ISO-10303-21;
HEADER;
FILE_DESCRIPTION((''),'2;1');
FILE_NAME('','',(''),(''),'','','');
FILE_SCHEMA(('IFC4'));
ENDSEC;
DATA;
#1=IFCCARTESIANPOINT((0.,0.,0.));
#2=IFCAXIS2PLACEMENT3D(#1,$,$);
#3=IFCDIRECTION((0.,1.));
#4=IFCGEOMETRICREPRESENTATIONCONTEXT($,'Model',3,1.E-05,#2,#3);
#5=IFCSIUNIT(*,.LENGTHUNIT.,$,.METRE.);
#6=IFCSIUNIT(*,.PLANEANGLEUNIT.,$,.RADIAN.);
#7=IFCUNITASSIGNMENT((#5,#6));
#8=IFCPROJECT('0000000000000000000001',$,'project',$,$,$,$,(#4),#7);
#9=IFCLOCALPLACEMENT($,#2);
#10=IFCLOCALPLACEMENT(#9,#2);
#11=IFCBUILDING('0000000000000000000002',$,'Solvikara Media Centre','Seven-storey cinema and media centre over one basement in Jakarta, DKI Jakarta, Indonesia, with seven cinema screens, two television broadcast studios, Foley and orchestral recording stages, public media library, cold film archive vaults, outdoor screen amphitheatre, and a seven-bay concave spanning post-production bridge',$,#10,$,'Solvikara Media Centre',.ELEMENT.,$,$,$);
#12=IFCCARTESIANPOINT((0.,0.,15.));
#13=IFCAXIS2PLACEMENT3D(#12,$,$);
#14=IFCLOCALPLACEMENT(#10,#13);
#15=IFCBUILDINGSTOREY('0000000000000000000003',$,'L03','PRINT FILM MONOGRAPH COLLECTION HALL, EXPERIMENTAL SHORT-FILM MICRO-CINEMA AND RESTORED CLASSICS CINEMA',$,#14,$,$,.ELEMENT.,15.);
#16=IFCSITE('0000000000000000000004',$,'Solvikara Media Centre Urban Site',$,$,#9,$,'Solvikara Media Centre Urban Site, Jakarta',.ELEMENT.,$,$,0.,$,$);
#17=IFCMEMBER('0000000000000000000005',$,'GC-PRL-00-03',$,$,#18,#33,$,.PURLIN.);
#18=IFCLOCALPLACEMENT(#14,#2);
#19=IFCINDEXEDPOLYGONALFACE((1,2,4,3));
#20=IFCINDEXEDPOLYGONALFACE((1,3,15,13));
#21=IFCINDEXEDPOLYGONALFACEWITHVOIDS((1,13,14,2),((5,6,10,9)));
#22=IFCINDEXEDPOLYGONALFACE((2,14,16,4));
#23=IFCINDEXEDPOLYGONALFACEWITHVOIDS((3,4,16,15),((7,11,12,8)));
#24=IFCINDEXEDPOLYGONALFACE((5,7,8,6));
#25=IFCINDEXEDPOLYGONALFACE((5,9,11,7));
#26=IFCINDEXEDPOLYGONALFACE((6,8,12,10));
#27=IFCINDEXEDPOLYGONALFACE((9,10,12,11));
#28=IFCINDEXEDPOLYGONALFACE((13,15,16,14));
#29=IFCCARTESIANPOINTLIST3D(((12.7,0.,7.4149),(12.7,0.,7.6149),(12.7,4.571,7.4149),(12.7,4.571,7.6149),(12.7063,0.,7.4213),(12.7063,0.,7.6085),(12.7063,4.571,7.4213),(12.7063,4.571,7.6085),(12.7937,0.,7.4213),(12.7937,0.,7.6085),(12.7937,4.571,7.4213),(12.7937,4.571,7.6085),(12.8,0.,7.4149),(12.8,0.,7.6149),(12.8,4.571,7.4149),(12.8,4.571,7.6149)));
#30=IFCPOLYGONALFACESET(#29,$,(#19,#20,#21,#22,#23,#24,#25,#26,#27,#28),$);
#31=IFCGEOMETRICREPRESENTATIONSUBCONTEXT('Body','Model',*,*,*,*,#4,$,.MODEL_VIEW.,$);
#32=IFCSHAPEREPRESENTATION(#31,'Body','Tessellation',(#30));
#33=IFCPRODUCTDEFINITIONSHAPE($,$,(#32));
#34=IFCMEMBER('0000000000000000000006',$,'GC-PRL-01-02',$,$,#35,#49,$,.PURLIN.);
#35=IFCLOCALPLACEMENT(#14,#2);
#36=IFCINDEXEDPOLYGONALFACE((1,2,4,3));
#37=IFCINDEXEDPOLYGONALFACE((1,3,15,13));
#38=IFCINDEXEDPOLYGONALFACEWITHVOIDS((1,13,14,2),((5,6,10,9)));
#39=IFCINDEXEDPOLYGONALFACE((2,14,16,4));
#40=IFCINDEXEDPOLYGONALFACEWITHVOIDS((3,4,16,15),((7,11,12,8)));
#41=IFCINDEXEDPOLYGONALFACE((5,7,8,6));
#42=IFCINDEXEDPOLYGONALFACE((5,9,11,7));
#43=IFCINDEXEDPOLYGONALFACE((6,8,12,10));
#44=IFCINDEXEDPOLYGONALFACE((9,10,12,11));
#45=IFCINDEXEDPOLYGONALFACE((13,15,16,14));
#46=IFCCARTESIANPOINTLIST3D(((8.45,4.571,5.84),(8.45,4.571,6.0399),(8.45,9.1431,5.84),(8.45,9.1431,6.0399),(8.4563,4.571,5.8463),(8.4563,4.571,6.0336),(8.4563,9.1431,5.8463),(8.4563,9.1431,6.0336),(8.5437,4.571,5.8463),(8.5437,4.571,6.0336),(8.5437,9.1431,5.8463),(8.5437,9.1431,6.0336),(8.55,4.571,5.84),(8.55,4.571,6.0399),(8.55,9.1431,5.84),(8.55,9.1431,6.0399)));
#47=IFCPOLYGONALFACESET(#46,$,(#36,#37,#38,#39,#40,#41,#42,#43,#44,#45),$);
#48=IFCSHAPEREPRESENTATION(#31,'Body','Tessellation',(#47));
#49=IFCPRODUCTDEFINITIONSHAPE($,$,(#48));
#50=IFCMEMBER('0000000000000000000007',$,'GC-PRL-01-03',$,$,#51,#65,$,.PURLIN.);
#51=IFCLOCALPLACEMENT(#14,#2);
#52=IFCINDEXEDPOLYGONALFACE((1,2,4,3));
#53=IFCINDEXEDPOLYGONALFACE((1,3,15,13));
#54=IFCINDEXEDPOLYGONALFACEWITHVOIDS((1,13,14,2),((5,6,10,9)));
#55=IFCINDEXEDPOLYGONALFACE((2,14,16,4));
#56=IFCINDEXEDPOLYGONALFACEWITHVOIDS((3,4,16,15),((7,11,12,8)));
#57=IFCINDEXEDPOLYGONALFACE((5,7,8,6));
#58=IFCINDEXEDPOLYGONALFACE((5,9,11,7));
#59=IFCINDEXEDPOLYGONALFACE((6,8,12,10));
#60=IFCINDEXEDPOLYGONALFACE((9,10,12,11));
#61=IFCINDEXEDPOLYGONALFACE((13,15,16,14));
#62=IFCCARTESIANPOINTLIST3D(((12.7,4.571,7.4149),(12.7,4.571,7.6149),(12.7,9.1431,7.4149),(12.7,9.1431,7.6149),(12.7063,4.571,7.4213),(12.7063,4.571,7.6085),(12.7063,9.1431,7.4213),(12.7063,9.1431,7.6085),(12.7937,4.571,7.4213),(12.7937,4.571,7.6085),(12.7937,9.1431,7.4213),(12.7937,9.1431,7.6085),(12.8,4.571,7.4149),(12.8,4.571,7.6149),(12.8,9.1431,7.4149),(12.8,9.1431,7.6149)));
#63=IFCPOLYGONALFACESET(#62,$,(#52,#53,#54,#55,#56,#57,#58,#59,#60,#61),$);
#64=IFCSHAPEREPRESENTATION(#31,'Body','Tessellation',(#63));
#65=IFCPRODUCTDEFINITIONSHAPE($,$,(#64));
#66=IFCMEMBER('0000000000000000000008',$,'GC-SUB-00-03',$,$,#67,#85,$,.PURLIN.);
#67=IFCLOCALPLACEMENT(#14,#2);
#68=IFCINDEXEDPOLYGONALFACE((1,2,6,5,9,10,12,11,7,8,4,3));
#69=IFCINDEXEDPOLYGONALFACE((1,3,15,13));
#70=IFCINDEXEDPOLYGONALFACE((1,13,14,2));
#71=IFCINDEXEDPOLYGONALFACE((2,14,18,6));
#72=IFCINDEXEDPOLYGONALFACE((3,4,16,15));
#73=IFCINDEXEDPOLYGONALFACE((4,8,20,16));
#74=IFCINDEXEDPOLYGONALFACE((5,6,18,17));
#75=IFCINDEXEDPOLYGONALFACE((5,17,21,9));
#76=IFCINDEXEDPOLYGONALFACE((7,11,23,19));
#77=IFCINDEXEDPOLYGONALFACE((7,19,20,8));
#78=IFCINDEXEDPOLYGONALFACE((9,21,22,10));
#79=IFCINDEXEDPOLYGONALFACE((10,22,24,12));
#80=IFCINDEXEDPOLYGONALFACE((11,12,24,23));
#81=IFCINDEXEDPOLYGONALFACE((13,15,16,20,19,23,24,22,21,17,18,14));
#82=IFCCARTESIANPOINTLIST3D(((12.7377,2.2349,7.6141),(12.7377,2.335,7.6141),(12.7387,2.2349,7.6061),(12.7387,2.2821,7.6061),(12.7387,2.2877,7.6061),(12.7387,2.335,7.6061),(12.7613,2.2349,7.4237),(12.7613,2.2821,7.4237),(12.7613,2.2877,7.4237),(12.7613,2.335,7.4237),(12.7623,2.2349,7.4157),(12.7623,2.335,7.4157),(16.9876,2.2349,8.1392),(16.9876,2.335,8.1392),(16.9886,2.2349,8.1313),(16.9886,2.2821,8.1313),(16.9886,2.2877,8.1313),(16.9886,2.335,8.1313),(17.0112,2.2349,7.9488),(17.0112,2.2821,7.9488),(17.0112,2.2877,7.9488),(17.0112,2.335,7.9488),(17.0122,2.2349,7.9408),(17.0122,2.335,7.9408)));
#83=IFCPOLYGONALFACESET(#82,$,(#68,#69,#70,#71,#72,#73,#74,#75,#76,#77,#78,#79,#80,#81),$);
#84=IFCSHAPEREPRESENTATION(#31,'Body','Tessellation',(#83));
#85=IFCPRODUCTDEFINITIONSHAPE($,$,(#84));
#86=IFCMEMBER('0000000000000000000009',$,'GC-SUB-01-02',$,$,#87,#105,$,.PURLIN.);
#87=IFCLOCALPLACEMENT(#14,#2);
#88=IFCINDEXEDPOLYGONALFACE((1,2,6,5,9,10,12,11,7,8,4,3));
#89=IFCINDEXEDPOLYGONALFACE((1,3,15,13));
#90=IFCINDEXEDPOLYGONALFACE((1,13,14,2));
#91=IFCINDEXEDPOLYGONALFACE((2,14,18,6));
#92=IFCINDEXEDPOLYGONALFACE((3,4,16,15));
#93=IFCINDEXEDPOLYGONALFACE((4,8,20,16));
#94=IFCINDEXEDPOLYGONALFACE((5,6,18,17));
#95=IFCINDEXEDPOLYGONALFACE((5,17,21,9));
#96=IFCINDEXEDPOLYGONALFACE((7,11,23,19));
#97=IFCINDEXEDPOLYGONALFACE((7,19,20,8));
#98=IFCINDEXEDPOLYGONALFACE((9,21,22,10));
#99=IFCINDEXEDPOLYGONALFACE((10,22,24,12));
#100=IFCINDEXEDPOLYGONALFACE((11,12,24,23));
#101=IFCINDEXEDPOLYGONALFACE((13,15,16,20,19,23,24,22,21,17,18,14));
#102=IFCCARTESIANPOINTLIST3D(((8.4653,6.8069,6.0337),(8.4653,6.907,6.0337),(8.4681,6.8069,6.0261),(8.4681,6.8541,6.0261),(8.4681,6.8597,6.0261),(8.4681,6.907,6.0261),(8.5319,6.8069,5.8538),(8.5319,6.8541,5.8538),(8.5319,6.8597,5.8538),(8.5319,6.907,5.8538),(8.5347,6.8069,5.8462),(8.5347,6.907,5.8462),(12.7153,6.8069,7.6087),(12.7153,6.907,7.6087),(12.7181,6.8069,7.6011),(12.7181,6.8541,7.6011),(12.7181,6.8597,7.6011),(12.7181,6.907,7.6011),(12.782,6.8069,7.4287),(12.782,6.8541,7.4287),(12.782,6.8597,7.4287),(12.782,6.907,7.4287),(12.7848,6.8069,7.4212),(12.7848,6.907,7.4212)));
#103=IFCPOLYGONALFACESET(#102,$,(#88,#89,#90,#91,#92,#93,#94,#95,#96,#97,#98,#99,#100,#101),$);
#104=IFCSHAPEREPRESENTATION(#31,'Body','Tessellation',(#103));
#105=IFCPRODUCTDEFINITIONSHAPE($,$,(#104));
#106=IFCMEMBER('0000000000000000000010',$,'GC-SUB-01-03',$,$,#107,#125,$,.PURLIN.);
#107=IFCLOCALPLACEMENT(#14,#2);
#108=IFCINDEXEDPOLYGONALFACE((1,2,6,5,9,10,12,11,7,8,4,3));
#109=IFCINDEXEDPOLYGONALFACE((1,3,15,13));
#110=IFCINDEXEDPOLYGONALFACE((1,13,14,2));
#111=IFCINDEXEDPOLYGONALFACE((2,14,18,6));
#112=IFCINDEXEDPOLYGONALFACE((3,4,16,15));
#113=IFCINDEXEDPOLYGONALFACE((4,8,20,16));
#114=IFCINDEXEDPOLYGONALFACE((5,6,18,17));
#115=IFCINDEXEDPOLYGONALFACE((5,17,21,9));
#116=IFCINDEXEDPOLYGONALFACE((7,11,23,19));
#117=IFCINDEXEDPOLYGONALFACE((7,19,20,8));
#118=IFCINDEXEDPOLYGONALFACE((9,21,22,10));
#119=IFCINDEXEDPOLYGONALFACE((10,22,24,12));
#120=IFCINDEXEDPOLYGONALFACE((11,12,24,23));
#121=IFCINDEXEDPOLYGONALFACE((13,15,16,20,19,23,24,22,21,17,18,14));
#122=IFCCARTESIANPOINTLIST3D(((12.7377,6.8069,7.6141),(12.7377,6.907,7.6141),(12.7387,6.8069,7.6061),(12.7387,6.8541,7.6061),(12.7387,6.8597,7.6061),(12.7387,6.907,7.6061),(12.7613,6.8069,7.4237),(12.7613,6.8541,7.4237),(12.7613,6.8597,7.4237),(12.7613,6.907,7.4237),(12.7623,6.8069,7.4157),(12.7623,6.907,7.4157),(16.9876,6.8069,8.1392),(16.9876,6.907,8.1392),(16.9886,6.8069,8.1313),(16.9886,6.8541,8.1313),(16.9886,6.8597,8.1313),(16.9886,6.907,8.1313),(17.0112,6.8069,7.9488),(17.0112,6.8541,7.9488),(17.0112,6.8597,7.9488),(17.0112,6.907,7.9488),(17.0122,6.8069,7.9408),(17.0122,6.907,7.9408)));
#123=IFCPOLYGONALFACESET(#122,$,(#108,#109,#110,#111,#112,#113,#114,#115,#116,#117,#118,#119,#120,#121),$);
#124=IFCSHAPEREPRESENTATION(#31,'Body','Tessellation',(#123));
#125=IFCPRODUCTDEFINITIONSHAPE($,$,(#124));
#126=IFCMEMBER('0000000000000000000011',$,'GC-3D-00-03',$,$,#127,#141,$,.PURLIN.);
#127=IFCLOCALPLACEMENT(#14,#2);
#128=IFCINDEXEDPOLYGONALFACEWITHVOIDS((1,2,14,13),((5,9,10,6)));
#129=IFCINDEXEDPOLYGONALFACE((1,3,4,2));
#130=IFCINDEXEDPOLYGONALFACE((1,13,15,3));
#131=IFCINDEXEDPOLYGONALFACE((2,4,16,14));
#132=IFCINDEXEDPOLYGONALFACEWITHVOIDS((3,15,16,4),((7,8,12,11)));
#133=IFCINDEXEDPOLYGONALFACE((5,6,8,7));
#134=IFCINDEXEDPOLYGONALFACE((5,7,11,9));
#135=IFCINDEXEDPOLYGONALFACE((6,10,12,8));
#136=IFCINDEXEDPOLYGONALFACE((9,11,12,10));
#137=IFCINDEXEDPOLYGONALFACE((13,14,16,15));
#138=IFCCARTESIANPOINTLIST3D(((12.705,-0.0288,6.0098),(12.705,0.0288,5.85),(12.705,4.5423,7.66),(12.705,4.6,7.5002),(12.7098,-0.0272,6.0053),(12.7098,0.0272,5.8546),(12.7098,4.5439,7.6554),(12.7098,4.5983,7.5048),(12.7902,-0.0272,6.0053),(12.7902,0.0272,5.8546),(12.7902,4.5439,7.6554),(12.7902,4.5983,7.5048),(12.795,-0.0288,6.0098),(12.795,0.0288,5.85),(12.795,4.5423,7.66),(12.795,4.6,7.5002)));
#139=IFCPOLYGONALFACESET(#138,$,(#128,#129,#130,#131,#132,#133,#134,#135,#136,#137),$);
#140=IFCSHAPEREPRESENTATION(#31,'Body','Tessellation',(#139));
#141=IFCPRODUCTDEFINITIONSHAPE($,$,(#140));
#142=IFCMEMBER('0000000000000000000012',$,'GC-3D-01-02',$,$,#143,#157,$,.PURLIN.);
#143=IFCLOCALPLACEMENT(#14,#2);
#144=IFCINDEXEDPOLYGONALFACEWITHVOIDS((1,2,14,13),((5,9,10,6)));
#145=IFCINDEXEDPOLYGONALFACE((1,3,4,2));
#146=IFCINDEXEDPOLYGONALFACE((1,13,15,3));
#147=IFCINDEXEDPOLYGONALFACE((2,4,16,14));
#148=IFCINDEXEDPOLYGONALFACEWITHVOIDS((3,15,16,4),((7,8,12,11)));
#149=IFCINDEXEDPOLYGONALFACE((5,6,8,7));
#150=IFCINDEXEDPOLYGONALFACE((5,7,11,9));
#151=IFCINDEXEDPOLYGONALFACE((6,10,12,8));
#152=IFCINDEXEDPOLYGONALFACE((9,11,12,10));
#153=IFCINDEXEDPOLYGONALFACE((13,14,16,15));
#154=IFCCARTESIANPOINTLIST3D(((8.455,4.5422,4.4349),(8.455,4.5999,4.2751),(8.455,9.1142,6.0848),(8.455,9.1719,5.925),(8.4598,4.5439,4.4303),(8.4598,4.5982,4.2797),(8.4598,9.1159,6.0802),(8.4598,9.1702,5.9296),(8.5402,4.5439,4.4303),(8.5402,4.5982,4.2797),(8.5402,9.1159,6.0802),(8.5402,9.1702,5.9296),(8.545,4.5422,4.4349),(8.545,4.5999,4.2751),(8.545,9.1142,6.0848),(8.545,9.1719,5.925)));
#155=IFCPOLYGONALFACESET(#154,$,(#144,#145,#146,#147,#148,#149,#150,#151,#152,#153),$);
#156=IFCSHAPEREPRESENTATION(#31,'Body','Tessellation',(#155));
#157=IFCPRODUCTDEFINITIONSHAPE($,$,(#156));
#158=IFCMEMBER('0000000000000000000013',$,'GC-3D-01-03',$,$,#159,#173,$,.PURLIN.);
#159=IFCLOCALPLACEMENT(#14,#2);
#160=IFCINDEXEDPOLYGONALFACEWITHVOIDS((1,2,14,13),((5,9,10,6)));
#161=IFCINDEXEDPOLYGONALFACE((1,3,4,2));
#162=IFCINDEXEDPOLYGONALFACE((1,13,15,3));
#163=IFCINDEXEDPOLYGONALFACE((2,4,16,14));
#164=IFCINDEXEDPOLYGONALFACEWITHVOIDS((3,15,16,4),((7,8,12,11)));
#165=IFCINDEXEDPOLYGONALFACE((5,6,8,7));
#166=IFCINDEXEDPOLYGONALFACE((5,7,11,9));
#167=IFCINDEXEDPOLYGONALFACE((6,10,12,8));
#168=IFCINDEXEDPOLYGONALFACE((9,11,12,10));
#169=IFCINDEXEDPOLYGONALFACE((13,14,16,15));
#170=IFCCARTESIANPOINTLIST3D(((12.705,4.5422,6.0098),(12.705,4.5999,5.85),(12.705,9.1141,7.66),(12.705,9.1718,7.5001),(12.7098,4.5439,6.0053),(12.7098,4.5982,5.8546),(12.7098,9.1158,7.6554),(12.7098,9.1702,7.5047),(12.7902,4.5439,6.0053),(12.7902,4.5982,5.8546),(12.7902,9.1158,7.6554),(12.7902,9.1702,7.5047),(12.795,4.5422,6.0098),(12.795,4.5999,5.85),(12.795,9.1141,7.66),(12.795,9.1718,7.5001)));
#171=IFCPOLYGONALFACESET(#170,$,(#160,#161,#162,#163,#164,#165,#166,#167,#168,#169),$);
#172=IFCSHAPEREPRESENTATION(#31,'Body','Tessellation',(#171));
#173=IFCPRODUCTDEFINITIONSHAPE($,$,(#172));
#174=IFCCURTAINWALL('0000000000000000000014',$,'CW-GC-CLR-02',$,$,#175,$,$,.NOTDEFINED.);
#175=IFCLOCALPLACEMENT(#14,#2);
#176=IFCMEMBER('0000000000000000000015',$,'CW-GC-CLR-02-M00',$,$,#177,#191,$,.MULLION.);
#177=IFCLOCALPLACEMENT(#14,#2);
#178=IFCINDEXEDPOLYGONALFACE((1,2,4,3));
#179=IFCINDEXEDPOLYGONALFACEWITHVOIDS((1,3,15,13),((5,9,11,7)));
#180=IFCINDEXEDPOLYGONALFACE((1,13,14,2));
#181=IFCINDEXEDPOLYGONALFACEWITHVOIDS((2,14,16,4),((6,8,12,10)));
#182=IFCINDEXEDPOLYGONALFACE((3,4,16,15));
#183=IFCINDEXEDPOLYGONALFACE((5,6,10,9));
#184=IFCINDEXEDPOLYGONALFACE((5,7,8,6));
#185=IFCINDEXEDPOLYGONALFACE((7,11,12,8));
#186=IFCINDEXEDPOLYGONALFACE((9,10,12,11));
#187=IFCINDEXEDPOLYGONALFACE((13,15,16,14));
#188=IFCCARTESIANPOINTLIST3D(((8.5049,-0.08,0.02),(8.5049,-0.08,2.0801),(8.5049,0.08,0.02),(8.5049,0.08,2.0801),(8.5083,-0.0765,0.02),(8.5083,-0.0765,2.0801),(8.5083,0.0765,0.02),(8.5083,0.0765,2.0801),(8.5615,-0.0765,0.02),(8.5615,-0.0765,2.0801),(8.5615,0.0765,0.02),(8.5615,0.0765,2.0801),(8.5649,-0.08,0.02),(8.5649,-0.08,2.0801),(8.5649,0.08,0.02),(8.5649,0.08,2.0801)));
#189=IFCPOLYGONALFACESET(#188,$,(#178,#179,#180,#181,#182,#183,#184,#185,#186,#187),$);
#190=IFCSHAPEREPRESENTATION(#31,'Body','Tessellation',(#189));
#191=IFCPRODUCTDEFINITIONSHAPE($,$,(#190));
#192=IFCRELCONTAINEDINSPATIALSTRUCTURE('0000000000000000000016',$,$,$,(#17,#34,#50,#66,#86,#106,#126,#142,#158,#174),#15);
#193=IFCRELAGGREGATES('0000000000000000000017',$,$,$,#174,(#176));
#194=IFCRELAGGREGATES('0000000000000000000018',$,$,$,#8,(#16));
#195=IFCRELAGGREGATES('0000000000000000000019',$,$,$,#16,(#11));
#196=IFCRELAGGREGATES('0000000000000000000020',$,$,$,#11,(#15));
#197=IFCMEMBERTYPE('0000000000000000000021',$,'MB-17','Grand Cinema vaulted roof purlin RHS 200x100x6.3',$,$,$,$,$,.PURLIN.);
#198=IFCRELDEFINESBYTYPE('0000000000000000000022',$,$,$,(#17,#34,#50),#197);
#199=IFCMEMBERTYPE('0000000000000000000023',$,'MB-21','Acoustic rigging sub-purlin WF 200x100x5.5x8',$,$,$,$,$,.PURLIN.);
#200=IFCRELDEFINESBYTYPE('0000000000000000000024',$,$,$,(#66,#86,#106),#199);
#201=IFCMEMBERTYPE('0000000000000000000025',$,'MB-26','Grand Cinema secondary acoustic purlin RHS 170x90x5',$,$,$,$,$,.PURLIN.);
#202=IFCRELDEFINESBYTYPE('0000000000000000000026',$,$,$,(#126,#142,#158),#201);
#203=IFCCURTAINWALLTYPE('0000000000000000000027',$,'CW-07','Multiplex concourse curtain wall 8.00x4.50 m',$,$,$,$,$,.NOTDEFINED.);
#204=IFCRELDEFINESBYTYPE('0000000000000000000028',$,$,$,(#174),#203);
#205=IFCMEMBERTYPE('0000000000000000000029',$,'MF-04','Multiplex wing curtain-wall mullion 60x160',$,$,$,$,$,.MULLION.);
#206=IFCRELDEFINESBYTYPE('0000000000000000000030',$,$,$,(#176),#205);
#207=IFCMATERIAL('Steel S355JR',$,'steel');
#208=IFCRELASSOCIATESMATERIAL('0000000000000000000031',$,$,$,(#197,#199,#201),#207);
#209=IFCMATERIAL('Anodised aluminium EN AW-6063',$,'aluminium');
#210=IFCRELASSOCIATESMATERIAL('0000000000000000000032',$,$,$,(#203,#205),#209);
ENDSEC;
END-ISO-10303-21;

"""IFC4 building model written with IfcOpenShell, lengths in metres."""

from ifc_helpers import new_model, si_unit, direction, frame, origin, origin_2d, place, context, subcontext, project, spatial, hollow_rectangle, i_section, extrude, material, material_profile, profile_set, type_object, element, aggregate, save


model = new_model("IFC4")

# Units and contexts
model_context = context("Model", 3, precision=1e-05, world=origin(), true_north=direction((0.0, 1.0)))
body_context = subcontext(model_context, "Body", "Model", "MODEL_VIEW")
ifc_project = project(units=[si_unit("LENGTHUNIT", "METRE"), si_unit("PLANEANGLEUNIT", "RADIAN")], contexts=[model_context])

# Site, building, storey
site_placement = place(None, origin())
site = spatial("IfcSite", under=ifc_project, at=site_placement, Name="Solvikara Media Centre Urban Site", LongName="Solvikara Media Centre Urban Site, Jakarta", CompositionType="ELEMENT", RefElevation=0.0)
building_placement = place(site_placement, origin())
building = spatial("IfcBuilding", under=site, at=building_placement, Name="Solvikara Media Centre", Description="Seven-storey cinema and media centre over one basement in Jakarta, DKI Jakarta, Indonesia, with seven cinema screens, two television broadcast studios, Foley and orchestral recording stages, public media library, cold film archive vaults, outdoor screen amphitheatre, and a seven-bay concave spanning post-production bridge", LongName="Solvikara Media Centre", CompositionType="ELEMENT")
storey_placement = place(building_placement, frame((0.0, 0.0, 15.0)))
storey = spatial("IfcBuildingStorey", under=building, at=storey_placement, Name="L03", Description="PRINT FILM MONOGRAPH COLLECTION HALL, EXPERIMENTAL SHORT-FILM MICRO-CINEMA AND RESTORED CLASSICS CINEMA", CompositionType="ELEMENT", Elevation=15.0)

# Members
ifc_material_1 = material(Name="Steel S355JR", Category="steel")
ifc_material_profile_1 = material_profile(ifc_material_1, hollow_rectangle(XDim=0.1001, YDim=0.2, WallThickness=0.0063, at=origin_2d()), Name="RHS 200x100x6.3")
ifc_profile_set_1 = profile_set([ifc_material_profile_1], Name="Steel S355JR")
member_type_1 = type_object("IfcMemberType", Name="MB-17", Description="Grand Cinema vaulted roof purlin RHS 200x100x6.3", PredefinedType="PURLIN", material=ifc_profile_set_1)
member_1_placement = place(storey_placement, frame((12.75, 0.0, 7.5149), z_axis=(0.0, 1.0, 0.0), x_axis=(-1.0, 0.0, 0.0)))
element("IfcMember", 1, at=member_1_placement, inside=storey, type_object=member_type_1, Name="GC-PRL-00-03", PredefinedType="PURLIN", context=body_context, shape_type="SweptSolid", body=[
    extrude(hollow_rectangle(XDim=0.1001, YDim=0.2, WallThickness=0.0063, at=origin_2d()), origin(), (0.0, 0.0, 1.0), 4.571),
])
for number, where, z_axis, x_axis, name in (
    (2, (8.5, 4.571, 5.9399), (0.0, 1.0, 0.0), (-1.0, 0.0, 0.0), "GC-PRL-01-02"),
    (3, (12.75, 4.571, 7.5149), (0.0, 1.0, 0.0), (-1.0, 0.0, 0.0), "GC-PRL-01-03"),
):
    element("IfcMember", number, at=place(storey_placement, frame(where, z_axis=z_axis, x_axis=x_axis)), inside=storey, type_object=member_type_1, Name=name, PredefinedType="PURLIN", context=body_context, shape_type="SweptSolid", body=[
        extrude(hollow_rectangle(XDim=0.1001, YDim=0.2, WallThickness=0.0063, at=origin_2d()), origin(), (0.0, 0.0, 1.0), 4.572),
    ])
ifc_material_profile_2 = material_profile(ifc_material_1, i_section(OverallWidth=0.1001, OverallDepth=0.2, WebThickness=0.0056, FlangeThickness=0.0081, at=origin_2d()), Name="WF 200x100x5.5x8")
ifc_profile_set_2 = profile_set([ifc_material_profile_2], Name="Steel S355JR")
member_type_2 = type_object("IfcMemberType", Name="MB-21", Description="Acoustic rigging sub-purlin WF 200x100x5.5x8", PredefinedType="PURLIN", material=ifc_profile_set_2)
member_2_placement = place(storey_placement, frame((12.75, 2.2849, 7.5149), z_axis=(0.992452, 0.0, 0.122631), x_axis=(0.0, 1.0, 0.0)))
element("IfcMember", 4, at=member_2_placement, inside=storey, type_object=member_type_2, Name="GC-SUB-00-03", PredefinedType="PURLIN", context=body_context, shape_type="SweptSolid", body=[
    extrude(i_section(OverallWidth=0.1001, OverallDepth=0.2, WebThickness=0.0056, FlangeThickness=0.0081, at=origin_2d()), origin(), (0.0, 0.0, 1.0), 4.2822),
])
member_3_placement = place(storey_placement, frame((8.5, 6.8569, 5.9399), z_axis=(0.937686, 0.0, 0.347485), x_axis=(0.0, 1.0, 0.0)))
element("IfcMember", 5, at=member_3_placement, inside=storey, type_object=member_type_2, Name="GC-SUB-01-02", PredefinedType="PURLIN", context=body_context, shape_type="SweptSolid", body=[
    extrude(i_section(OverallWidth=0.1001, OverallDepth=0.2, WebThickness=0.0056, FlangeThickness=0.0081, at=origin_2d()), origin(), (0.0, 0.0, 1.0), 4.5325),
])
member_4_placement = place(storey_placement, frame((12.75, 6.8569, 7.5149), z_axis=(0.992452, 0.0, 0.122631), x_axis=(0.0, 1.0, 0.0)))
element("IfcMember", 6, at=member_4_placement, inside=storey, type_object=member_type_2, Name="GC-SUB-01-03", PredefinedType="PURLIN", context=body_context, shape_type="SweptSolid", body=[
    extrude(i_section(OverallWidth=0.1001, OverallDepth=0.2, WebThickness=0.0056, FlangeThickness=0.0081, at=origin_2d()), origin(), (0.0, 0.0, 1.0), 4.2822),
])
ifc_material_profile_3 = material_profile(ifc_material_1, hollow_rectangle(XDim=0.0901, YDim=0.1699, WallThickness=0.0049, at=origin_2d()), Name="RHS 170x90x5")
ifc_profile_set_3 = profile_set([ifc_material_profile_3], Name="Steel S355JR")
member_type_3 = type_object("IfcMemberType", Name="MB-26", Description="Grand Cinema secondary acoustic purlin RHS 170x90x5", PredefinedType="PURLIN", material=ifc_profile_set_3)
member_5_placement = place(storey_placement, frame((12.75, 0.0, 5.9299), z_axis=(0.0, 0.940587, 0.339552), x_axis=(-1.0, 0.0, 0.0)))
element("IfcMember", 7, at=member_5_placement, inside=storey, type_object=member_type_3, Name="GC-3D-00-03", PredefinedType="PURLIN", context=body_context, shape_type="SweptSolid", body=[
    extrude(hollow_rectangle(XDim=0.0901, YDim=0.1699, WallThickness=0.0049, at=origin_2d()), origin(), (0.0, 0.0, 1.0), 4.8599),
])
for number, where, z_axis, x_axis, name in (
    (8, (8.5, 4.571, 4.355), (0.0, 0.940627, 0.339443), (-1.0, 0.0, 0.0), "GC-3D-01-02"),
    (9, (12.75, 4.571, 5.9299), (0.0, 0.94061, 0.339488), (-1.0, 0.0, 0.0), "GC-3D-01-03"),
):
    element("IfcMember", number, at=place(storey_placement, frame(where, z_axis=z_axis, x_axis=x_axis)), inside=storey, type_object=member_type_3, Name=name, PredefinedType="PURLIN", context=body_context, shape_type="SweptSolid", body=[
        extrude(hollow_rectangle(XDim=0.0901, YDim=0.1699, WallThickness=0.0049, at=origin_2d()), origin(), (0.0, 0.0, 1.0), 4.8606),
    ])

# Curtain wall, member
ifc_material_2 = material(Name="Anodised aluminium EN AW-6063", Category="aluminium")
curtain_wall_type = type_object("IfcCurtainWallType", Name="CW-07", Description="Multiplex concourse curtain wall 8.00x4.50 m", PredefinedType="NOTDEFINED", material=ifc_material_2)
curtain_wall_1_placement = place(storey_placement, origin())
curtain_wall_1 = element("IfcCurtainWall", 10, at=curtain_wall_1_placement, inside=storey, type_object=curtain_wall_type, Name="CW-GC-CLR-02", PredefinedType="NOTDEFINED")
ifc_material_profile_4 = material_profile(ifc_material_2, hollow_rectangle(XDim=0.0601, YDim=0.1599, WallThickness=0.0034, at=origin_2d()), Name="ALU-M 60x160x3.5")
ifc_profile_set_4 = profile_set([ifc_material_profile_4], Name="Anodised aluminium EN AW-6063")
member_type_4 = type_object("IfcMemberType", Name="MF-04", Description="Multiplex wing curtain-wall mullion 60x160", PredefinedType="MULLION", material=ifc_profile_set_4)
member_6_placement = place(storey_placement, frame((8.5349, 0.0, 0.02), z_axis=(0.0, 0.0, 1.0), x_axis=(1.0, 0.0, 0.0)))
member_6 = element("IfcMember", 11, at=member_6_placement, type_object=member_type_4, Name="CW-GC-CLR-02-M00", PredefinedType="MULLION", context=body_context, shape_type="SweptSolid", body=[
    extrude(hollow_rectangle(XDim=0.0601, YDim=0.1599, WallThickness=0.0034, at=origin_2d()), origin(), (0.0, 0.0, 1.0), 2.0601),
])

aggregate(curtain_wall_1, [member_6])

save(model, "model.ifc")
